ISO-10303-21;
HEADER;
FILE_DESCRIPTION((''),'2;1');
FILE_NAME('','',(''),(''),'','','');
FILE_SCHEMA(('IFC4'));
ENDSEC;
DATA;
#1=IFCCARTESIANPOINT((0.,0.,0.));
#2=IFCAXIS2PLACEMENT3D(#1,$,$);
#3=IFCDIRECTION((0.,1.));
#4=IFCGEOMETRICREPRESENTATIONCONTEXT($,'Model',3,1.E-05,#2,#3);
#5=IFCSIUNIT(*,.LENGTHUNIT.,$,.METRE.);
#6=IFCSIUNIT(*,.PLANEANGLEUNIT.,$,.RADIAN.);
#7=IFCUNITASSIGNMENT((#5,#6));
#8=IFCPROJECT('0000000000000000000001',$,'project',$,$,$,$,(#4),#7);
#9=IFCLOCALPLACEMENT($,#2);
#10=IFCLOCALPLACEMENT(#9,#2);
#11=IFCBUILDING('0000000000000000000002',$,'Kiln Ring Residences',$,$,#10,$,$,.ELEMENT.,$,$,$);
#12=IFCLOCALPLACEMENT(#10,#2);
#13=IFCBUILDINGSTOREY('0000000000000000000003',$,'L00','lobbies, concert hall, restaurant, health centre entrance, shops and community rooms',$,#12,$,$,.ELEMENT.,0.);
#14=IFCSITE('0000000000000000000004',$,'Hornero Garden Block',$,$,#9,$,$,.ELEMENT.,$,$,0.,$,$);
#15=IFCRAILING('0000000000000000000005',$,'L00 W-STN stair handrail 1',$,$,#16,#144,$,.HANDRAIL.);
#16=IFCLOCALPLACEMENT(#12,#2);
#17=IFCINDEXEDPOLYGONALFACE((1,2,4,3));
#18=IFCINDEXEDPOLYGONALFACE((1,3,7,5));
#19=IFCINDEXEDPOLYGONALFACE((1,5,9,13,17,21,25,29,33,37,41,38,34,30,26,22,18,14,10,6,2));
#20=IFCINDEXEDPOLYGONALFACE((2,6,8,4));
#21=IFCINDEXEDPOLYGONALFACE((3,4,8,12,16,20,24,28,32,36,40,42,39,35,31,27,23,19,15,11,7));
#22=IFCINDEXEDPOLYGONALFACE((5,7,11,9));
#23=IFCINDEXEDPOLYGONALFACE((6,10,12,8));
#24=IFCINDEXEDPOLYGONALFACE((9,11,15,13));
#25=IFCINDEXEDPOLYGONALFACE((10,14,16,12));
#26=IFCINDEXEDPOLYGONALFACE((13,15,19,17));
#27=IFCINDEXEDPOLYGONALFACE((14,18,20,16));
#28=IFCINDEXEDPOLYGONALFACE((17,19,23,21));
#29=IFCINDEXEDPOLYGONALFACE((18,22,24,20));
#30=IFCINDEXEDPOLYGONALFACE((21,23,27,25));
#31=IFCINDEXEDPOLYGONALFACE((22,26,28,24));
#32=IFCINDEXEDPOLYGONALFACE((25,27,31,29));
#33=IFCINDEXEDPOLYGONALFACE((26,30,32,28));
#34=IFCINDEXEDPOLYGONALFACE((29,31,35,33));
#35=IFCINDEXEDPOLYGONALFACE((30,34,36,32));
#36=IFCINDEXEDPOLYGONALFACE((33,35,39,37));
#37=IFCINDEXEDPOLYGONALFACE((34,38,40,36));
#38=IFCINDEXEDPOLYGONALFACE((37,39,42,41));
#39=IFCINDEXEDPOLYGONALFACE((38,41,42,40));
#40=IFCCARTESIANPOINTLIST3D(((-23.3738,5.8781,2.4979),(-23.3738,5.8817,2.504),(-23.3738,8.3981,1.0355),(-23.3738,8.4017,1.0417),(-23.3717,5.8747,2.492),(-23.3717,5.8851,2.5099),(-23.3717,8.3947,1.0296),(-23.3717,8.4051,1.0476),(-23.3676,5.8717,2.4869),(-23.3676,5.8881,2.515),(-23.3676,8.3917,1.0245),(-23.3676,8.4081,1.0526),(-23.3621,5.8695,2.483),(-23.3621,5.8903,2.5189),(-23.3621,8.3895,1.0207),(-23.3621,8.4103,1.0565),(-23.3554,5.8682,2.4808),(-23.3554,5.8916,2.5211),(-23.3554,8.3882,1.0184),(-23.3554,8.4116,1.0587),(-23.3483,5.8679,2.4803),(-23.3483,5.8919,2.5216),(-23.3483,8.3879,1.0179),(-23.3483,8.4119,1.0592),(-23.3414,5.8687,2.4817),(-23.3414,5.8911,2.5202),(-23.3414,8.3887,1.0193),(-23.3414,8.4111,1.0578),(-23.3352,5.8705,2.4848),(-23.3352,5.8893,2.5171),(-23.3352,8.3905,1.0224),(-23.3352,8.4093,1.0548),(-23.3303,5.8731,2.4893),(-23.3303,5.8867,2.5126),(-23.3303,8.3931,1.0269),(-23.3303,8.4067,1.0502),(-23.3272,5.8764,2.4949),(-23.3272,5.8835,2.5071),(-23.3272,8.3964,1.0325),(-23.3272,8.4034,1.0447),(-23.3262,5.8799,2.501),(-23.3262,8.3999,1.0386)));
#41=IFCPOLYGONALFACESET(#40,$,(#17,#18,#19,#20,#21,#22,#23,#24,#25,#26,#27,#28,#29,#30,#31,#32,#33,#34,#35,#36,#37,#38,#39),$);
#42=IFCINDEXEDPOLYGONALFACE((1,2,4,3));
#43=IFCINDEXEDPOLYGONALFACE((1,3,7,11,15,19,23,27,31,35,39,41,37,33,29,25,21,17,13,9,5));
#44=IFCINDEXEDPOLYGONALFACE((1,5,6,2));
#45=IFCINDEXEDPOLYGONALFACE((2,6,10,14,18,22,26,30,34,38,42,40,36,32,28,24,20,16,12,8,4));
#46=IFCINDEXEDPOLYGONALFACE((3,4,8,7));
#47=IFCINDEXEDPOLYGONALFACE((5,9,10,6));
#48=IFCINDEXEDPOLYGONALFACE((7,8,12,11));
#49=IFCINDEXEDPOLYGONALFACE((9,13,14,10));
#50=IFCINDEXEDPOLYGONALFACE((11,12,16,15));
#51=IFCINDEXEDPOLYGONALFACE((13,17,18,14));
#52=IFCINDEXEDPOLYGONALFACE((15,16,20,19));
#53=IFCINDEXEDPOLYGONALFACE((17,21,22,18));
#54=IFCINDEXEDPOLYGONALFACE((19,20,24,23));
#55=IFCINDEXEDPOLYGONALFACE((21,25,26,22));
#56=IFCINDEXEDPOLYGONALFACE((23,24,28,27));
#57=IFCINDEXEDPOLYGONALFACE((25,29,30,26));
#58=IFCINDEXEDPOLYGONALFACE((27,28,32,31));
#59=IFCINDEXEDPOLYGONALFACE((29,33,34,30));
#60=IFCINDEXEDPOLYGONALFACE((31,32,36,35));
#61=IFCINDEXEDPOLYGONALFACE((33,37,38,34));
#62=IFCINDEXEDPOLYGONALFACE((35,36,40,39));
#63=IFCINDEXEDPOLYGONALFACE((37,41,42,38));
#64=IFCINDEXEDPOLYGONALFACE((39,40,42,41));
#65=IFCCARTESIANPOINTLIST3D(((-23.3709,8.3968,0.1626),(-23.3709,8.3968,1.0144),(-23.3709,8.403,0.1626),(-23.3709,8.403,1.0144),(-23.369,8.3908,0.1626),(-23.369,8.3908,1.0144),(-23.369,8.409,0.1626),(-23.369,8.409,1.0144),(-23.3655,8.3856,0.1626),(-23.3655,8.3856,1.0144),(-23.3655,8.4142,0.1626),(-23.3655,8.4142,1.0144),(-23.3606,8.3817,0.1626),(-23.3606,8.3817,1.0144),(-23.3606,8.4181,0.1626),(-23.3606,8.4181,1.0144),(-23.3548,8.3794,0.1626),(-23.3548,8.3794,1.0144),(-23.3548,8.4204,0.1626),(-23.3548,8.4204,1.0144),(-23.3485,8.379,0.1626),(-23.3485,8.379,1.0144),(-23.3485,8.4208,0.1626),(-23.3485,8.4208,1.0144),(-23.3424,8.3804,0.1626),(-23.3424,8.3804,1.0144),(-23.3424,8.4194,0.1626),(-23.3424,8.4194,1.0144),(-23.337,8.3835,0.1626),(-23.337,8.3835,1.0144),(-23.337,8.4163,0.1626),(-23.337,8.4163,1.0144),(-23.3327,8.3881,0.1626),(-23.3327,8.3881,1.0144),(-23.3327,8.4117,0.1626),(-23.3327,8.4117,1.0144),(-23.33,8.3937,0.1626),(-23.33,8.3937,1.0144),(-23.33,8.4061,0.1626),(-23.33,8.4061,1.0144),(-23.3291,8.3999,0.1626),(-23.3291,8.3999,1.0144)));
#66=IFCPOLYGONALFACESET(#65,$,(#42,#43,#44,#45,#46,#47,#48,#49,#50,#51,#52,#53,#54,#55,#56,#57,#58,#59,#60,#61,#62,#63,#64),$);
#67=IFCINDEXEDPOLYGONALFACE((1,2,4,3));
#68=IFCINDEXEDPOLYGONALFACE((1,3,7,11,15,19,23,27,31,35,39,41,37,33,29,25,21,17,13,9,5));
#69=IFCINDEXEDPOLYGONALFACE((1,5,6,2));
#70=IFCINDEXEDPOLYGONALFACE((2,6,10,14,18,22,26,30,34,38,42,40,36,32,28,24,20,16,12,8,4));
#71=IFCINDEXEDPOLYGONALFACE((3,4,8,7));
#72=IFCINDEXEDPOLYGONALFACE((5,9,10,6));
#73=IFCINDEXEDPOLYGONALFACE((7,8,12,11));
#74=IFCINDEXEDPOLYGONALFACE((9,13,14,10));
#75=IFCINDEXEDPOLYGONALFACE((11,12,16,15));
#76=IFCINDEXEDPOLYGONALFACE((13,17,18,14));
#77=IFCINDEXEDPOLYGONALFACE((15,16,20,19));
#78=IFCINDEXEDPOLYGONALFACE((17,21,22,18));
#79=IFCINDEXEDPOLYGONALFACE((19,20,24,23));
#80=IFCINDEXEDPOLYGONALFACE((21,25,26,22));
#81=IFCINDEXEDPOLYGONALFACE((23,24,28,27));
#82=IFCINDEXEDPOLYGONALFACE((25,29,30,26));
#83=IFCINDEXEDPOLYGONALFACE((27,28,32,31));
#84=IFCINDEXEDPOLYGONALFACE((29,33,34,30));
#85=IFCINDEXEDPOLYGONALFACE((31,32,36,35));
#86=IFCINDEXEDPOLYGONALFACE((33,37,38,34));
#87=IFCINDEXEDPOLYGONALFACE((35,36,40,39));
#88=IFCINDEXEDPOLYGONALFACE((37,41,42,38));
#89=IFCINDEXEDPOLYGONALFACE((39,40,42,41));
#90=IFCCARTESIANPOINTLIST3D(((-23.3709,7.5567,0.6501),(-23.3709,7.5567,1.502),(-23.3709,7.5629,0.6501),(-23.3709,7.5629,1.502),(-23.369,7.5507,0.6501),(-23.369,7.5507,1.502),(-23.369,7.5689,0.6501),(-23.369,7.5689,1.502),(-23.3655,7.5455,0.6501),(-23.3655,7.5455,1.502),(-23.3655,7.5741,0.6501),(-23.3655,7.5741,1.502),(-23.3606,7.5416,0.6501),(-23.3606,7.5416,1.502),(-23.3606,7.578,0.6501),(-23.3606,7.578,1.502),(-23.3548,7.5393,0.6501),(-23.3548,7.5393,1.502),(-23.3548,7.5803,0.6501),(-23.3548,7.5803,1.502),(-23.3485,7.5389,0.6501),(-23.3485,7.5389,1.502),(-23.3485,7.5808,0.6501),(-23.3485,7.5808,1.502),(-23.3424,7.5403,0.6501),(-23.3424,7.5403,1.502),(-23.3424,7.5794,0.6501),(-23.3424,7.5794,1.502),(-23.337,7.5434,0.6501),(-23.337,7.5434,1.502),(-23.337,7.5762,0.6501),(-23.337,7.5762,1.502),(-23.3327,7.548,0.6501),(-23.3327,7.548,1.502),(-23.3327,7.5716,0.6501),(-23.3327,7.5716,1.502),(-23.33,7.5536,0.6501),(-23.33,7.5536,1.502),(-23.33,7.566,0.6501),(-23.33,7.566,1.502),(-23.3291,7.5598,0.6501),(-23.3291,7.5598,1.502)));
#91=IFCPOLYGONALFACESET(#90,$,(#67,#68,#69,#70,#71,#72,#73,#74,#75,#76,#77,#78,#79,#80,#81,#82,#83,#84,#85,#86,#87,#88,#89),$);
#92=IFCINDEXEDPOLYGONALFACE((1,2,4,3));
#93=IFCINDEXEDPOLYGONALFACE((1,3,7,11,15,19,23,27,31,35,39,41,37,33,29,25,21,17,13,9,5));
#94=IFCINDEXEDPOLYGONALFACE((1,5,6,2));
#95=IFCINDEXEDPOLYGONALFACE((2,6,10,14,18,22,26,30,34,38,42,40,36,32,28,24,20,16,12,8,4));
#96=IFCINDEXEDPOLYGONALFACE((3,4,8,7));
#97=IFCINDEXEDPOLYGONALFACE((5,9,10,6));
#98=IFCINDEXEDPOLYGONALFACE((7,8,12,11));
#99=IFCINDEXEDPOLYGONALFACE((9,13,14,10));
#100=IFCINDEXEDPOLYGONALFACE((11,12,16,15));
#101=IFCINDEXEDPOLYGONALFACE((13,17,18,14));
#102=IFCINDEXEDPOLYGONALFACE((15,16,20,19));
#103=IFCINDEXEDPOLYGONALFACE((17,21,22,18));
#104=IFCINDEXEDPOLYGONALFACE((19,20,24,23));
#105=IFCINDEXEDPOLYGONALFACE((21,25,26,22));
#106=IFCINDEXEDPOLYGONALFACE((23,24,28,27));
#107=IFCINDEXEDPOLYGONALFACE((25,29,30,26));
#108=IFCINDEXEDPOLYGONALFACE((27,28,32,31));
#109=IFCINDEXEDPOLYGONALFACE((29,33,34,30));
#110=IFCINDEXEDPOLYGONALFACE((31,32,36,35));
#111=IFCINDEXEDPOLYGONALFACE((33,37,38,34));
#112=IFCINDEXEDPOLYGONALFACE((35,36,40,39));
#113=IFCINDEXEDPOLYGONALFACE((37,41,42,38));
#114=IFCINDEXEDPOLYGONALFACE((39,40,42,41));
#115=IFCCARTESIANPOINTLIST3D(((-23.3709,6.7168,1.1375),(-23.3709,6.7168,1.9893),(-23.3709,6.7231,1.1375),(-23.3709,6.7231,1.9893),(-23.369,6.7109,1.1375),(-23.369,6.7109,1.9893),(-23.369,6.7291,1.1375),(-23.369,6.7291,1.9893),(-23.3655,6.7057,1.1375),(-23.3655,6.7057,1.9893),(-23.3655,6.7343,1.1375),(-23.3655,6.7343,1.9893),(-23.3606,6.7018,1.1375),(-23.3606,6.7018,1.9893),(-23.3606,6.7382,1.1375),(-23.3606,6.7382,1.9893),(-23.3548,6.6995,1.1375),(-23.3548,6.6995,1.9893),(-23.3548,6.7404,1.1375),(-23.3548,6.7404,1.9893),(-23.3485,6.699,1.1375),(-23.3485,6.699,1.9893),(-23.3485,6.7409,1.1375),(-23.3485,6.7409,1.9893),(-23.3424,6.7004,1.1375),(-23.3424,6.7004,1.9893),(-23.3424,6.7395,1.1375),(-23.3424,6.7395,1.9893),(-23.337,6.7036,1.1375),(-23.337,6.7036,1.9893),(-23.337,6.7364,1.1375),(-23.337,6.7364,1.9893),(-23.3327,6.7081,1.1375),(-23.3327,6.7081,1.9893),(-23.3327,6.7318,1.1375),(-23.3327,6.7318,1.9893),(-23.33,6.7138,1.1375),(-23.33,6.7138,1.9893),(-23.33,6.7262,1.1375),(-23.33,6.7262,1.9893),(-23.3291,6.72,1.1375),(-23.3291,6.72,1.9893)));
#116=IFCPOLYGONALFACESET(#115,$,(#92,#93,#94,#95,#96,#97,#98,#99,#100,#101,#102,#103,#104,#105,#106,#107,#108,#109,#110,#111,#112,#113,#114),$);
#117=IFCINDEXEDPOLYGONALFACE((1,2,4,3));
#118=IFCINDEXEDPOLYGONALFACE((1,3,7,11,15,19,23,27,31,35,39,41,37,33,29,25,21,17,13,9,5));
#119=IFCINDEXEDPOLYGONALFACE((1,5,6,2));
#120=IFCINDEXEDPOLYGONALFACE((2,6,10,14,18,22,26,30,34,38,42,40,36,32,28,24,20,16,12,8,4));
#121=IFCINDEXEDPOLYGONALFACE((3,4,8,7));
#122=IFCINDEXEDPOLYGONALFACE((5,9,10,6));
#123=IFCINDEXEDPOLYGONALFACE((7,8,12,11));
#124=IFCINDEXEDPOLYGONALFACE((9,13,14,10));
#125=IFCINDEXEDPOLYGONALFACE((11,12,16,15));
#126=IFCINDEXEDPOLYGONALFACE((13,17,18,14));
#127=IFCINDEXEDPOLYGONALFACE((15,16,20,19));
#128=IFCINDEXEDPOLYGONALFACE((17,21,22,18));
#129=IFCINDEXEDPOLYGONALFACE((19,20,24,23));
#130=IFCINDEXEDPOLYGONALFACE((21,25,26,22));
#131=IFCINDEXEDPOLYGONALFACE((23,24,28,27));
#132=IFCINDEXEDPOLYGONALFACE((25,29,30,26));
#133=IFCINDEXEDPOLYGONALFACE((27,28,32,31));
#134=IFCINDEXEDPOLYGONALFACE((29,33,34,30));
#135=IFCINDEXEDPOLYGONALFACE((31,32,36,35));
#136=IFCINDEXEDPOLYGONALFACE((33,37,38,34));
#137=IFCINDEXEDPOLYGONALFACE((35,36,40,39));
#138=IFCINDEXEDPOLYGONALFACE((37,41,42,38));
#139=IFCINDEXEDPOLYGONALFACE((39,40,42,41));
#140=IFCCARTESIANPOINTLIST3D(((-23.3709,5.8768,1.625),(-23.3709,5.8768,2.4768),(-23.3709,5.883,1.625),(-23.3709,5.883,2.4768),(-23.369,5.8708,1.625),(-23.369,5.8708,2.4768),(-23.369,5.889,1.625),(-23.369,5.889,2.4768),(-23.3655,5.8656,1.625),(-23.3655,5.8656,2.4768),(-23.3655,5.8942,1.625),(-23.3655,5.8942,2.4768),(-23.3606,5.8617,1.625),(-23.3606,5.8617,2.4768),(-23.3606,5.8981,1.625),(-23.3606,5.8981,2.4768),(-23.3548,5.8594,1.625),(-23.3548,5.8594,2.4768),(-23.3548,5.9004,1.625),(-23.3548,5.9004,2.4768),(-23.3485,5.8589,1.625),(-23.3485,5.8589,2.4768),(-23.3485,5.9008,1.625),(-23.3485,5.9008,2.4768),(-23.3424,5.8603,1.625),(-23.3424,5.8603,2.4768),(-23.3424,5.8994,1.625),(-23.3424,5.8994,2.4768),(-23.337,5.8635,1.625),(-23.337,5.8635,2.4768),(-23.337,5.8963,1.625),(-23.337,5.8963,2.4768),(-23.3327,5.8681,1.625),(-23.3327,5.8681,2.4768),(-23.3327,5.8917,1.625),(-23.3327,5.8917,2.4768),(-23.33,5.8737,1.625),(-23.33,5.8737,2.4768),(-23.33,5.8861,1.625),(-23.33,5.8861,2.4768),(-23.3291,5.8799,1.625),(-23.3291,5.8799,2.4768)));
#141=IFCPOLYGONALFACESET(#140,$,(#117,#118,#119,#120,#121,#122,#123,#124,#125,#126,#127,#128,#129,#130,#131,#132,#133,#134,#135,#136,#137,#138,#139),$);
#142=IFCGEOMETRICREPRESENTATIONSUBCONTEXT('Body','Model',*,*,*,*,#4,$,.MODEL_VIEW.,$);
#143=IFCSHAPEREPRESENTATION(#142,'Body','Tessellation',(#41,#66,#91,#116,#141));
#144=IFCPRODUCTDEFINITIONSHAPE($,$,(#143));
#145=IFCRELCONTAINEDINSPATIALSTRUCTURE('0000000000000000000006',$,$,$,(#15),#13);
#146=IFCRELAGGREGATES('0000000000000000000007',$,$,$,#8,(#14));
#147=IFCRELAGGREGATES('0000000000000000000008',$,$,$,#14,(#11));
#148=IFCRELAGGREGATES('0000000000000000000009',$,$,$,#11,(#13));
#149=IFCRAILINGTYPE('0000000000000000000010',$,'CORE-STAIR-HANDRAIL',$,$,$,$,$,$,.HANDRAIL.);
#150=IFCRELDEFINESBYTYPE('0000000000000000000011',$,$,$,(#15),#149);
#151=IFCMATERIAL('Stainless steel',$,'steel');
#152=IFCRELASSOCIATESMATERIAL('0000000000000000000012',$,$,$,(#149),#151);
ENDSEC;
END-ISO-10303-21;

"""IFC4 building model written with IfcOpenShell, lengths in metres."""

from ifc_helpers import new_model, si_unit, direction, frame, origin, origin_2d, place, context, subcontext, project, spatial, circle, extrude, material, type_object, element, save


model = new_model("IFC4")

# Units and contexts
model_context = context("Model", 3, precision=1e-05, world=origin(), true_north=direction((0.0, 1.0)))
body_context = subcontext(model_context, "Body", "Model", "MODEL_VIEW")
ifc_project = project(units=[si_unit("LENGTHUNIT", "METRE"), si_unit("PLANEANGLEUNIT", "RADIAN")], contexts=[model_context])

# Site, building, storey
site_placement = place(None, origin())
site = spatial("IfcSite", under=ifc_project, at=site_placement, Name="Hornero Garden Block", CompositionType="ELEMENT", RefElevation=0.0)
building_placement = place(site_placement, origin())
building = spatial("IfcBuilding", under=site, at=building_placement, Name="Kiln Ring Residences", CompositionType="ELEMENT")
storey_placement = place(building_placement, origin())
storey = spatial("IfcBuildingStorey", under=building, at=storey_placement, Name="L00", Description="lobbies, concert hall, restaurant, health centre entrance, shops and community rooms", CompositionType="ELEMENT", Elevation=0.0)

# Railing
ifc_material_1 = material(Name="Stainless steel", Category="steel")
railing_type_1 = type_object("IfcRailingType", Name="CORE-STAIR-HANDRAIL", PredefinedType="HANDRAIL", material=ifc_material_1)
for number, where, name in (
    (1, (-23.3501, 8.3999, 0.1626), "L00 W-STN stair handrail 1"),
):
    element("IfcRailing", number, at=place(storey_placement, frame(where)), inside=storey, type_object=railing_type_1, Name=name, PredefinedType="HANDRAIL", context=body_context, shape_type="SweptSolid", body=[
        extrude(circle(Radius=0.0239, at=origin_2d()), frame((0.0, 0.0, 0.876), z_axis=(0.0, -0.864913, 0.501921), x_axis=(1.0, 0.0, 0.0)), (0.0, 0.0, 1.0), 2.9136),
        extrude(circle(Radius=0.021, at=origin_2d()), origin(), (0.0, 0.0, 1.0), 0.8518),
        extrude(circle(Radius=0.021, at=origin_2d()), frame((0.0, -0.8401, 0.4875)), (0.0, 0.0, 1.0), 0.8518),
        extrude(circle(Radius=0.021, at=origin_2d()), frame((0.0, -1.6799, 0.9749)), (0.0, 0.0, 1.0), 0.8518),
        extrude(circle(Radius=0.021, at=origin_2d()), frame((0.0, -2.52, 1.4624)), (0.0, 0.0, 1.0), 0.8518),
    ])

save(model, "model.ifc")
